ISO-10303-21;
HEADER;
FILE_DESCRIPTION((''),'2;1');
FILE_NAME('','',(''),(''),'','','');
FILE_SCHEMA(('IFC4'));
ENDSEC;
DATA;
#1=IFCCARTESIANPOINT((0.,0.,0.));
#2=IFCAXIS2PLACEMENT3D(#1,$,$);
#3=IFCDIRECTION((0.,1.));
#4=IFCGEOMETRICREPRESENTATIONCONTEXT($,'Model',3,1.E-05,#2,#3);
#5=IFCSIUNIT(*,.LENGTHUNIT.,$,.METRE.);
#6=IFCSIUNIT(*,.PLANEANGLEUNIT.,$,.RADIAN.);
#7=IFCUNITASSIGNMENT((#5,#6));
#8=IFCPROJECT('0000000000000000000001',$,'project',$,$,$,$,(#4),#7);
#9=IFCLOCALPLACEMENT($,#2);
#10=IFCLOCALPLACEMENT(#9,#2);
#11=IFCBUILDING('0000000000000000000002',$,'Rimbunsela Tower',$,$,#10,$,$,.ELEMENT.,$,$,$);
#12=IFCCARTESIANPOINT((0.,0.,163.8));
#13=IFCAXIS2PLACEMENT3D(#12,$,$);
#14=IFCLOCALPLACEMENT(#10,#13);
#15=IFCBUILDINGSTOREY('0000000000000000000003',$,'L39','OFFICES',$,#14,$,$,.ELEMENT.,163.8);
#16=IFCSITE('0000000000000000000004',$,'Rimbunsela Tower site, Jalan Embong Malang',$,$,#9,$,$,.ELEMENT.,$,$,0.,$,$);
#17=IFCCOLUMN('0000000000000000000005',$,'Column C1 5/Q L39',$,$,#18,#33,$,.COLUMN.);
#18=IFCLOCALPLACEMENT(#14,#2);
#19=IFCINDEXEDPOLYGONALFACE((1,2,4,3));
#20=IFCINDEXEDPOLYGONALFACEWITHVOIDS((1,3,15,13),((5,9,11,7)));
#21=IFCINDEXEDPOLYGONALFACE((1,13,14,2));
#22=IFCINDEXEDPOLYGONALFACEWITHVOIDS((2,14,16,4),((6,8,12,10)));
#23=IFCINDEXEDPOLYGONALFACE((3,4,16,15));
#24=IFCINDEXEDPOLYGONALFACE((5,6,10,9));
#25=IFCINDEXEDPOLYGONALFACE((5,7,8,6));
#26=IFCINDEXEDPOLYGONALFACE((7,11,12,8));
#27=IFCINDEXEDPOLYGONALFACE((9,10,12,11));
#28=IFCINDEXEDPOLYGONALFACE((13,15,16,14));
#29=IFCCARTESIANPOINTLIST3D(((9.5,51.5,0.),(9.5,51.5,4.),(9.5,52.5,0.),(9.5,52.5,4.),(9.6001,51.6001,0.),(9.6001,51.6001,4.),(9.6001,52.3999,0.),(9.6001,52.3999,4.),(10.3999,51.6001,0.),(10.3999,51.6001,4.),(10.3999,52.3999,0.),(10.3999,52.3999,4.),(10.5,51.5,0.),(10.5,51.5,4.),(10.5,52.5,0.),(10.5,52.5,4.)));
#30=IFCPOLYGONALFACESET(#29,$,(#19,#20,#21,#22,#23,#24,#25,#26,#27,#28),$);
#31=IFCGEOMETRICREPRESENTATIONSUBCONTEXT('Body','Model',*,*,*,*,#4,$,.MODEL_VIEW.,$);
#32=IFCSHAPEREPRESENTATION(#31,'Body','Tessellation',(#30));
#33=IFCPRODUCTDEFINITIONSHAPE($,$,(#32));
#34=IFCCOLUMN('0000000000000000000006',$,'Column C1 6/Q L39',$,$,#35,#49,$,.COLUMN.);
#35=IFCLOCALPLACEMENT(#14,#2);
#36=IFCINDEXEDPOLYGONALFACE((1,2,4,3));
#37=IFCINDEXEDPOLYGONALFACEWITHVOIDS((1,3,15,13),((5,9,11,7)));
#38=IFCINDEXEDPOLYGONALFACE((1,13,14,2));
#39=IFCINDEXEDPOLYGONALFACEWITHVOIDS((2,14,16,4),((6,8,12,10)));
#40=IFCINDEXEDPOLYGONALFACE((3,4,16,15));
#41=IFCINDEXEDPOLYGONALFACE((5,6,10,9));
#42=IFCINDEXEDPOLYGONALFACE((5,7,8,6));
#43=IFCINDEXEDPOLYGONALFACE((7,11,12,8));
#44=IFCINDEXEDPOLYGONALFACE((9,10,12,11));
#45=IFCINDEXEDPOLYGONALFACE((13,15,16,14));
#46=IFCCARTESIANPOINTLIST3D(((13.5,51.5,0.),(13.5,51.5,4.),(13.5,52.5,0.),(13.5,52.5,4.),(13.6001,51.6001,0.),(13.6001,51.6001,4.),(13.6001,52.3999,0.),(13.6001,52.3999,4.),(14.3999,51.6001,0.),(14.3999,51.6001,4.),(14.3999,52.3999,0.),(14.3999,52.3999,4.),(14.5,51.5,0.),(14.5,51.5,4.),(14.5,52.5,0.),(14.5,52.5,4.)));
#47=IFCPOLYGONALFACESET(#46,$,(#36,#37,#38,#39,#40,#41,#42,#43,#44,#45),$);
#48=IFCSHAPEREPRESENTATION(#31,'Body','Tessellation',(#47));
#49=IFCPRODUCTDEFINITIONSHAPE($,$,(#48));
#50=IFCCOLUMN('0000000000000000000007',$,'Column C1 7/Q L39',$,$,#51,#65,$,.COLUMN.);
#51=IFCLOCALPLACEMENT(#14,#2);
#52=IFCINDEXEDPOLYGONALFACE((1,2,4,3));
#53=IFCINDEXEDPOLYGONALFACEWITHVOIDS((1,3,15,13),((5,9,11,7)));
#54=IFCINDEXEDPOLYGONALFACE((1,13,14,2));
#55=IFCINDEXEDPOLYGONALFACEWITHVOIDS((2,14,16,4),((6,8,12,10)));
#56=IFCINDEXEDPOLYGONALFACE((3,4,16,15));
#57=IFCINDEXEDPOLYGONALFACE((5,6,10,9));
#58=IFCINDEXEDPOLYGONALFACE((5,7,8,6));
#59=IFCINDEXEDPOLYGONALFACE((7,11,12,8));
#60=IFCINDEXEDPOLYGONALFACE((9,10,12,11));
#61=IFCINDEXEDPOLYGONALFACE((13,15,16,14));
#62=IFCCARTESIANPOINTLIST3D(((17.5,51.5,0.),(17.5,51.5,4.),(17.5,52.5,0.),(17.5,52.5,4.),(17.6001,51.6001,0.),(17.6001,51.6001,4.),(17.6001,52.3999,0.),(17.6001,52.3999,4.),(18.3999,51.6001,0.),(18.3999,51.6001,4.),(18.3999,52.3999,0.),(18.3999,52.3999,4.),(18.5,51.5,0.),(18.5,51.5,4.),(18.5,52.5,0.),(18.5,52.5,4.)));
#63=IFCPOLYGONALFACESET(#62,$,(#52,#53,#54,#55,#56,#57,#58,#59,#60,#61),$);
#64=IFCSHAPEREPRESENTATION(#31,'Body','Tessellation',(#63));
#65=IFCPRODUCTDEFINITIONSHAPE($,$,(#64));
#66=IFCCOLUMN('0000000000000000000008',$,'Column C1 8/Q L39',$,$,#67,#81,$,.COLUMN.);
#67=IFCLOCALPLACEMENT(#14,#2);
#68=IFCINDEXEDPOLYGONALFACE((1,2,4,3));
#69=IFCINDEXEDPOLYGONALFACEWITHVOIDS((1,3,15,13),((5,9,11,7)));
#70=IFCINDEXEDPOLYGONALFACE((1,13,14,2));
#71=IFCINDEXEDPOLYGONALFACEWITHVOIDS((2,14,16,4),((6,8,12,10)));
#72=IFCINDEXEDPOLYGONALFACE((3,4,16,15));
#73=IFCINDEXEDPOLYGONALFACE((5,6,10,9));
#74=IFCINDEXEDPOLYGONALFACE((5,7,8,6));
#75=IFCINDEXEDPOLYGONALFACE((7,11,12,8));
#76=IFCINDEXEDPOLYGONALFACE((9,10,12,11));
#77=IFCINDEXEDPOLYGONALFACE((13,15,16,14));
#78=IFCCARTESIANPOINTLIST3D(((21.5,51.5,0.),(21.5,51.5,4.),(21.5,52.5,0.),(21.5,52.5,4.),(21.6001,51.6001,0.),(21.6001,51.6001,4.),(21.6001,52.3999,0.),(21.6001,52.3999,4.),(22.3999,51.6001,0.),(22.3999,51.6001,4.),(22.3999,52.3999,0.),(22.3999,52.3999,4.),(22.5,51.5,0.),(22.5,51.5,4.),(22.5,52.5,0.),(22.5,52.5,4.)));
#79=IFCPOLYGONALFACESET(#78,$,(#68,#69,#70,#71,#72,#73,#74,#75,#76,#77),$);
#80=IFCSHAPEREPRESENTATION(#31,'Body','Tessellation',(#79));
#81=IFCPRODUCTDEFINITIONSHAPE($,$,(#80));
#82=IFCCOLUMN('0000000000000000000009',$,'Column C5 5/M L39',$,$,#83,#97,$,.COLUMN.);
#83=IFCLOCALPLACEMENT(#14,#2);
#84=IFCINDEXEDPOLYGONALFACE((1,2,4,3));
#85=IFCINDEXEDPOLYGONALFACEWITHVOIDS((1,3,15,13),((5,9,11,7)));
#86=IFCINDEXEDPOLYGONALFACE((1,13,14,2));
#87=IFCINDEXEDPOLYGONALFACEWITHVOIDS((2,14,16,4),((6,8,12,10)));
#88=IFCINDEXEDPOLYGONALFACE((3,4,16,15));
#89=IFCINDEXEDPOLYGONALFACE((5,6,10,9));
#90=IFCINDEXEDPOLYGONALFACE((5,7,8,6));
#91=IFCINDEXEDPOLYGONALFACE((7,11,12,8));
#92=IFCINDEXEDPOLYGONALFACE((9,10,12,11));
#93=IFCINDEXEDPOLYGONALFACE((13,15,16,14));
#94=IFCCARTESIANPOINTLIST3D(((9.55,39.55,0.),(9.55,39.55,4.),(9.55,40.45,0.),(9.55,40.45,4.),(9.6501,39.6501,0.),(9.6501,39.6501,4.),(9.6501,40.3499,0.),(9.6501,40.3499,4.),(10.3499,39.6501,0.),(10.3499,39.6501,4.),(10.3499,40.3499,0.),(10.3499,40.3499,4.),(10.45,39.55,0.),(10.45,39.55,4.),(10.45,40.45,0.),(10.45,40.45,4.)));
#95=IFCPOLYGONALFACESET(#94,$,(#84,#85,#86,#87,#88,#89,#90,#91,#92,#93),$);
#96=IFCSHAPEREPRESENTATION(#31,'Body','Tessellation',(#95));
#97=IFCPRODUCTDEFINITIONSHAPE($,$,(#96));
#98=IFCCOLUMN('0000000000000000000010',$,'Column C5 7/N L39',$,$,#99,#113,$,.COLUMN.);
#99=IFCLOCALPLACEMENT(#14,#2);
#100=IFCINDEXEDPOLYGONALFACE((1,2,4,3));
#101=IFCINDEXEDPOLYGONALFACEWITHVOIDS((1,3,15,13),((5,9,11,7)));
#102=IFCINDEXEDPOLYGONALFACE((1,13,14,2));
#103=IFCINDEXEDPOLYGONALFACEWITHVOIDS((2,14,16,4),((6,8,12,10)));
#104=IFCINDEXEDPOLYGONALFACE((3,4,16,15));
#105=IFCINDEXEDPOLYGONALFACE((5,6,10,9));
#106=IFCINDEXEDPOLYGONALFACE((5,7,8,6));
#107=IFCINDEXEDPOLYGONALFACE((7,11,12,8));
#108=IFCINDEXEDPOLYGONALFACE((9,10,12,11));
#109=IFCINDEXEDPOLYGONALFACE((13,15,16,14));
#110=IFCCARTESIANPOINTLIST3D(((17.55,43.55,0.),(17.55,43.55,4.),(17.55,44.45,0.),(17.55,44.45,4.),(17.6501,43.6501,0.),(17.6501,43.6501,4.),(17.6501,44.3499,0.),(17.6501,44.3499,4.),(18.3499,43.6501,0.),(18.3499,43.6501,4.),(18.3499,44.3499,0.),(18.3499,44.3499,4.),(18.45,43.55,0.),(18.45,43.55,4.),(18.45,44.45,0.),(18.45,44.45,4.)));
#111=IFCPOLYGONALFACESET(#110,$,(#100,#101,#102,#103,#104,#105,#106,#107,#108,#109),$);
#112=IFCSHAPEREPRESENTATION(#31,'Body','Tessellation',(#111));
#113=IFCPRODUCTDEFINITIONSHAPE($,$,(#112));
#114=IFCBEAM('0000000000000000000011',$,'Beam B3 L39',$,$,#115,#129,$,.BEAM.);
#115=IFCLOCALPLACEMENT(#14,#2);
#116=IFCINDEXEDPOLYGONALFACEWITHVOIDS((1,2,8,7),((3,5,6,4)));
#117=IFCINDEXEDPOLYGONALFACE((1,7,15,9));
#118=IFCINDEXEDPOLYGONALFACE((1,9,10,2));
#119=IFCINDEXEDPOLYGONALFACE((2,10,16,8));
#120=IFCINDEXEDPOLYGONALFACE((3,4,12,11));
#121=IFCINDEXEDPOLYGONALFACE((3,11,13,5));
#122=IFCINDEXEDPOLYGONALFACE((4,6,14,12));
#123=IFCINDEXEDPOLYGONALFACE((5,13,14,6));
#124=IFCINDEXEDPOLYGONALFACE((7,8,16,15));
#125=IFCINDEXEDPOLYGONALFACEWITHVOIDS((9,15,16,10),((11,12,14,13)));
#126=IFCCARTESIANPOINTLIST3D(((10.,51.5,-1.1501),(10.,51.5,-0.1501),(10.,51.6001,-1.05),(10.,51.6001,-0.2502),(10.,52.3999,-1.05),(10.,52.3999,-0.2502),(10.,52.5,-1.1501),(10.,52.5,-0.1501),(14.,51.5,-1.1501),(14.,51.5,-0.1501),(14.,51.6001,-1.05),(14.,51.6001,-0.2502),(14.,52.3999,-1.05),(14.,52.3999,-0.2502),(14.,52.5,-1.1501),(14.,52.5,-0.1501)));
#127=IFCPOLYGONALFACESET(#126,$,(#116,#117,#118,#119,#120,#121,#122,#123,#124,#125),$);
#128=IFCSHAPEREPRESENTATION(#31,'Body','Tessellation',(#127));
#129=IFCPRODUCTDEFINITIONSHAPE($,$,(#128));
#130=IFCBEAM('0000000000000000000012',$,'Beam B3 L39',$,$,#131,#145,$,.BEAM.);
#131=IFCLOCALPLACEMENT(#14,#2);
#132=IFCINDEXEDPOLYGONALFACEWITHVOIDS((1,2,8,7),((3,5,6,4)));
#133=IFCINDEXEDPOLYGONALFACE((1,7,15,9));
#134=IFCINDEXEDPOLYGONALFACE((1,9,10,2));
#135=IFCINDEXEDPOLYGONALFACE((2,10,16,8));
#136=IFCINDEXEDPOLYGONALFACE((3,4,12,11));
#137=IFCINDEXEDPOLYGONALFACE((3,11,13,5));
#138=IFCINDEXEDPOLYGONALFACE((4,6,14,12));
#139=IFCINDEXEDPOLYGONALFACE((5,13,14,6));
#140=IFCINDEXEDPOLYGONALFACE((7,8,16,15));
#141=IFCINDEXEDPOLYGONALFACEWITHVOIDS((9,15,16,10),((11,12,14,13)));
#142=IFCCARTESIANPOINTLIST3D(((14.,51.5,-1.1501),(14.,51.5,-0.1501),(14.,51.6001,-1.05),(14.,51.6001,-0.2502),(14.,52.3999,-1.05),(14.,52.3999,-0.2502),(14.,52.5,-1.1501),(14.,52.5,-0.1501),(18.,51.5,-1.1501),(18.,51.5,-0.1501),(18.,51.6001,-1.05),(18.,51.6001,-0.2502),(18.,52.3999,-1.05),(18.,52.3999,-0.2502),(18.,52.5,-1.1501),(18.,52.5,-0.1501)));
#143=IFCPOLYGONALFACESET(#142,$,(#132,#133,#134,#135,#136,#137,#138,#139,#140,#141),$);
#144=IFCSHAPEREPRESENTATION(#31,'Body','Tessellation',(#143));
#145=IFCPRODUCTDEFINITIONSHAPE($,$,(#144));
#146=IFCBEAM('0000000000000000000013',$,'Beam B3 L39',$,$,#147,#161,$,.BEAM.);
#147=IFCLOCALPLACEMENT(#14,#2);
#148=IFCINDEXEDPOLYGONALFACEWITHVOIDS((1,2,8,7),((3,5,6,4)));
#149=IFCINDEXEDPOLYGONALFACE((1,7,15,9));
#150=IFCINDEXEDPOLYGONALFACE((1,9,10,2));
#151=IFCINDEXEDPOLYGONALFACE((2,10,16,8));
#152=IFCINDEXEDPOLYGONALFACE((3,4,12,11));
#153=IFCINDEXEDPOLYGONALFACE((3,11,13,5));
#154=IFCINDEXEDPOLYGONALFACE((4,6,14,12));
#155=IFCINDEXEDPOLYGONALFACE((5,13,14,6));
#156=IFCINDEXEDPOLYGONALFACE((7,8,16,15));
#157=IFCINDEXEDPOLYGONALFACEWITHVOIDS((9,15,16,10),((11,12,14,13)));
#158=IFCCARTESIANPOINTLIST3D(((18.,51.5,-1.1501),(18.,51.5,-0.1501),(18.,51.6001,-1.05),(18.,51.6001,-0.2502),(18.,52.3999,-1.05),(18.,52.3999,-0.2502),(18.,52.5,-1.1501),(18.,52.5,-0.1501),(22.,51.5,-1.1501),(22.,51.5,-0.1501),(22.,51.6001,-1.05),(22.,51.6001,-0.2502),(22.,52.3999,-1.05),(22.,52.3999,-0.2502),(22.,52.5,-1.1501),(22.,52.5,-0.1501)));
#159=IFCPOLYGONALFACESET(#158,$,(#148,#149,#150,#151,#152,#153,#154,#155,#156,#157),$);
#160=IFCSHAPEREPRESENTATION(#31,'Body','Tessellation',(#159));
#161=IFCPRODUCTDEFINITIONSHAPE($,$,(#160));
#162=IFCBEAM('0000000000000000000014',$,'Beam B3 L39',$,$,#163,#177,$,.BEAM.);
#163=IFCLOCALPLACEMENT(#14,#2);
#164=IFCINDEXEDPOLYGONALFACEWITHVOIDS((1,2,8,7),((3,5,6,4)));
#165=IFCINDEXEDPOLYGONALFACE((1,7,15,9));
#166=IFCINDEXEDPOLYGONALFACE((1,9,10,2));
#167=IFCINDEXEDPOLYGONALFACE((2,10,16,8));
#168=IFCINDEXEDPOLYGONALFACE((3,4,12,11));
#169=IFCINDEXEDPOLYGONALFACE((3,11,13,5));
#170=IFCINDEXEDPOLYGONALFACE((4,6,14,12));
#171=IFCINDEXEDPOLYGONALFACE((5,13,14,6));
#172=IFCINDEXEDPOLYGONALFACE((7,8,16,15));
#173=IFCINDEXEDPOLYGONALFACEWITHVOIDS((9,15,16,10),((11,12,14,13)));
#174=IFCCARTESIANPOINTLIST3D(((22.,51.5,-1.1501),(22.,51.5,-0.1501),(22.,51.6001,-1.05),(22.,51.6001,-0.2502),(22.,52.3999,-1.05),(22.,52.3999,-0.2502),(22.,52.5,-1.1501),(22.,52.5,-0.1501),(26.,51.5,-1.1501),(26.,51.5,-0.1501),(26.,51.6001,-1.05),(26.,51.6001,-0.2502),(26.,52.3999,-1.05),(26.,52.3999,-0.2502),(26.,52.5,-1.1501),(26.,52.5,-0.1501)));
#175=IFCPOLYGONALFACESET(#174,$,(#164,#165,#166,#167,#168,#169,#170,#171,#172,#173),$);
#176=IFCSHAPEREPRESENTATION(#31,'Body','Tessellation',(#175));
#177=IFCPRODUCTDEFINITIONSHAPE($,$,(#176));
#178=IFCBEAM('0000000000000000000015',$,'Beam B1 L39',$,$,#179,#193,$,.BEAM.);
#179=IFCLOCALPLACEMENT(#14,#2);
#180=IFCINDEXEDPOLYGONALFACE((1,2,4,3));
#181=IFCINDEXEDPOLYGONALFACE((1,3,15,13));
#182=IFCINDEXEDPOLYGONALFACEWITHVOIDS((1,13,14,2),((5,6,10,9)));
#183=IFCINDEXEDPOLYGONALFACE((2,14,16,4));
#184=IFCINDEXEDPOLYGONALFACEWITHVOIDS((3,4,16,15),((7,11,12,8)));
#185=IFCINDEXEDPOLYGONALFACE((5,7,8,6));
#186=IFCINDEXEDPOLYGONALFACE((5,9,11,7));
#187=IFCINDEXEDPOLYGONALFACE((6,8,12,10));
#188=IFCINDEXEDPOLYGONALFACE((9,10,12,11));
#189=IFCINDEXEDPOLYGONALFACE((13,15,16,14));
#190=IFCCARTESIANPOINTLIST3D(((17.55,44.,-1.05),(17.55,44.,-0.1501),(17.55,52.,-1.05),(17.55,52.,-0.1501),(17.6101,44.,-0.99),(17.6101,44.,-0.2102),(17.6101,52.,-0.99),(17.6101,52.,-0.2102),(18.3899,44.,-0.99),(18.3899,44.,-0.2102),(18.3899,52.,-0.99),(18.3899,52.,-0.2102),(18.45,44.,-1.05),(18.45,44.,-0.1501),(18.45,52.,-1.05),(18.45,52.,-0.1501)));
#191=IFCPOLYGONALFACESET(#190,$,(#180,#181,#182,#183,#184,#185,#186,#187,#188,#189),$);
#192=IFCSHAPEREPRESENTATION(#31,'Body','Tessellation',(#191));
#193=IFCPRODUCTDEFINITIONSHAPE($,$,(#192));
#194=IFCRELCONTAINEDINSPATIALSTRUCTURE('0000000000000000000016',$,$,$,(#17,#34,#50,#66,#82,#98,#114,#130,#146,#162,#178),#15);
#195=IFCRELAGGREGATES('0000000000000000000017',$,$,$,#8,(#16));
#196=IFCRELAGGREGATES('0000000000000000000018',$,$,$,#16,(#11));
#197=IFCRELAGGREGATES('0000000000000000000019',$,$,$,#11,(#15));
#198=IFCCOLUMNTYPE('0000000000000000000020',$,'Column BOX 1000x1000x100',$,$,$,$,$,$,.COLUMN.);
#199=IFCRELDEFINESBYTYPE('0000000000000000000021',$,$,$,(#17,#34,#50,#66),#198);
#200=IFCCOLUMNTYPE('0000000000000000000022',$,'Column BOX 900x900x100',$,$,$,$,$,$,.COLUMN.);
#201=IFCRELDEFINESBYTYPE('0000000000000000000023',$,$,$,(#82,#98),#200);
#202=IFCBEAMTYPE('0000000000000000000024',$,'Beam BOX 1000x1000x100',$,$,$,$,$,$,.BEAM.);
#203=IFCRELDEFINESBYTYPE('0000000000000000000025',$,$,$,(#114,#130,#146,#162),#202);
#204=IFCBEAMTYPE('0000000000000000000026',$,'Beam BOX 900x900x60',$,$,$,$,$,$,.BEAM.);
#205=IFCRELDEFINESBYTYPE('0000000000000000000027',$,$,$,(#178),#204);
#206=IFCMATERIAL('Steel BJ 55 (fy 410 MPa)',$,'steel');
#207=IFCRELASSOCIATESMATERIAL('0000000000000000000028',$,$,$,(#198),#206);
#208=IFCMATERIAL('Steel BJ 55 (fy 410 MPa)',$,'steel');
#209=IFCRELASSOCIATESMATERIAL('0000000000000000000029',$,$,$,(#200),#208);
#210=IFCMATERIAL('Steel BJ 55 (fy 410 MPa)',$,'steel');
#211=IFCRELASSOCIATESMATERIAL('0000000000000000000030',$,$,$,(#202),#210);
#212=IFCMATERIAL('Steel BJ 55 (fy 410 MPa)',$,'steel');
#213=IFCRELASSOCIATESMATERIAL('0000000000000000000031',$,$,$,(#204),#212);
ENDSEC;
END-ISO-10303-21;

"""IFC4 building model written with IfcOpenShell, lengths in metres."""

from ifc_helpers import new_model, si_unit, direction, frame, origin, origin_2d, place, context, subcontext, project, spatial, hollow_rectangle, extrude, material, material_profile, profile_set, type_object, element, save


model = new_model("IFC4")

# Units and contexts
model_context = context("Model", 3, precision=1e-05, world=origin(), true_north=direction((0.0, 1.0)))
body_context = subcontext(model_context, "Body", "Model", "MODEL_VIEW")
ifc_project = project(units=[si_unit("LENGTHUNIT", "METRE"), si_unit("PLANEANGLEUNIT", "RADIAN")], contexts=[model_context])

# Site, building, storey
site_placement = place(None, origin())
site = spatial("IfcSite", under=ifc_project, at=site_placement, Name="Rimbunsela Tower site, Jalan Embong Malang", CompositionType="ELEMENT", RefElevation=0.0)
building_placement = place(site_placement, origin())
building = spatial("IfcBuilding", under=site, at=building_placement, Name="Rimbunsela Tower", CompositionType="ELEMENT")
storey_placement = place(building_placement, frame((0.0, 0.0, 163.8)))
storey = spatial("IfcBuildingStorey", under=building, at=storey_placement, Name="L39", Description="OFFICES", CompositionType="ELEMENT", Elevation=163.8)

# Columns
ifc_material_1 = material(Name="Steel BJ 55 (fy 410 MPa)", Category="steel")
ifc_material_profile_1 = material_profile(ifc_material_1, hollow_rectangle(XDim=1.0, YDim=1.0, WallThickness=0.1001, at=origin_2d()), Name="BOX 1000x1000x100")
ifc_profile_set_1 = profile_set([ifc_material_profile_1], Name="Steel BJ 55 (fy 410 MPa)")
column_type_1 = type_object("IfcColumnType", Name="Column BOX 1000x1000x100", PredefinedType="COLUMN", material=ifc_profile_set_1)
for number, where, z_axis, x_axis, name in (
    (1, (10.0, 52.0, 0.0), (0.0, 0.0, 1.0), (1.0, 0.0, 0.0), "Column C1 5/Q L39"),
    (2, (14.0, 52.0, 0.0), (0.0, 0.0, 1.0), (1.0, 0.0, 0.0), "Column C1 6/Q L39"),
    (3, (18.0, 52.0, 0.0), (0.0, 0.0, 1.0), (1.0, 0.0, 0.0), "Column C1 7/Q L39"),
    (4, (22.0, 52.0, 0.0), (0.0, 0.0, 1.0), (1.0, 0.0, 0.0), "Column C1 8/Q L39"),
):
    element("IfcColumn", number, at=place(storey_placement, frame(where, z_axis=z_axis, x_axis=x_axis)), inside=storey, type_object=column_type_1, Name=name, PredefinedType="COLUMN", context=body_context, shape_type="SweptSolid", body=[
        extrude(hollow_rectangle(XDim=1.0, YDim=1.0, WallThickness=0.1001, at=origin_2d()), origin(), (0.0, 0.0, 1.0), 4.0),
    ])
ifc_material_2 = material(Name="Steel BJ 55 (fy 410 MPa)", Category="steel")
ifc_material_profile_2 = material_profile(ifc_material_2, hollow_rectangle(XDim=0.8999, YDim=0.8999, WallThickness=0.1001, at=origin_2d()), Name="BOX 900x900x100")
ifc_profile_set_2 = profile_set([ifc_material_profile_2], Name="Steel BJ 55 (fy 410 MPa)")
column_type_2 = type_object("IfcColumnType", Name="Column BOX 900x900x100", PredefinedType="COLUMN", material=ifc_profile_set_2)
for number, where, z_axis, x_axis, name in (
    (5, (10.0, 40.0, 0.0), (0.0, 0.0, 1.0), (1.0, 0.0, 0.0), "Column C5 5/M L39"),
    (6, (18.0, 44.0, 0.0), (0.0, 0.0, 1.0), (1.0, 0.0, 0.0), "Column C5 7/N L39"),
):
    element("IfcColumn", number, at=place(storey_placement, frame(where, z_axis=z_axis, x_axis=x_axis)), inside=storey, type_object=column_type_2, Name=name, PredefinedType="COLUMN", context=body_context, shape_type="SweptSolid", body=[
        extrude(hollow_rectangle(XDim=0.8999, YDim=0.8999, WallThickness=0.1001, at=origin_2d()), origin(), (0.0, 0.0, 1.0), 4.0),
    ])

# Beams
ifc_material_3 = material(Name="Steel BJ 55 (fy 410 MPa)", Category="steel")
ifc_material_profile_3 = material_profile(ifc_material_3, hollow_rectangle(XDim=1.0, YDim=1.0, WallThickness=0.1001, at=origin_2d()), Name="BOX 1000x1000x100")
ifc_profile_set_3 = profile_set([ifc_material_profile_3], Name="Steel BJ 55 (fy 410 MPa)")
beam_type_1 = type_object("IfcBeamType", Name="Beam BOX 1000x1000x100", PredefinedType="BEAM", material=ifc_profile_set_3)
for number, where, z_axis, x_axis, name in (
    (7, (10.0, 52.0, -0.6501), (1.0, 0.0, 0.0), (0.0, 1.0, 0.0), "Beam B3 L39"),
    (8, (14.0, 52.0, -0.6501), (1.0, 0.0, 0.0), (0.0, 1.0, 0.0), "Beam B3 L39"),
    (9, (18.0, 52.0, -0.6501), (1.0, 0.0, 0.0), (0.0, 1.0, 0.0), "Beam B3 L39"),
    (10, (22.0, 52.0, -0.6501), (1.0, 0.0, 0.0), (0.0, 1.0, 0.0), "Beam B3 L39"),
):
    element("IfcBeam", number, at=place(storey_placement, frame(where, z_axis=z_axis, x_axis=x_axis)), inside=storey, type_object=beam_type_1, Name=name, PredefinedType="BEAM", context=body_context, shape_type="SweptSolid", body=[
        extrude(hollow_rectangle(XDim=1.0, YDim=1.0, WallThickness=0.1001, at=origin_2d()), origin(), (0.0, 0.0, 1.0), 4.0),
    ])
ifc_material_4 = material(Name="Steel BJ 55 (fy 410 MPa)", Category="steel")
ifc_material_profile_4 = material_profile(ifc_material_4, hollow_rectangle(XDim=0.8999, YDim=0.8999, WallThickness=0.0601, at=origin_2d()), Name="BOX 900x900x60")
ifc_profile_set_4 = profile_set([ifc_material_profile_4], Name="Steel BJ 55 (fy 410 MPa)")
beam_type_2 = type_object("IfcBeamType", Name="Beam BOX 900x900x60", PredefinedType="BEAM", material=ifc_profile_set_4)
beam_1_placement = place(storey_placement, frame((18.0, 44.0, -0.6001), z_axis=(0.0, 1.0, 0.0), x_axis=(-1.0, 0.0, 0.0)))
element("IfcBeam", 11, at=beam_1_placement, inside=storey, type_object=beam_type_2, Name="Beam B1 L39", PredefinedType="BEAM", context=body_context, shape_type="SweptSolid", body=[
    extrude(hollow_rectangle(XDim=0.8999, YDim=0.8999, WallThickness=0.0601, at=origin_2d()), origin(), (0.0, 0.0, 1.0), 8.0),
])

save(model, "model.ifc")
